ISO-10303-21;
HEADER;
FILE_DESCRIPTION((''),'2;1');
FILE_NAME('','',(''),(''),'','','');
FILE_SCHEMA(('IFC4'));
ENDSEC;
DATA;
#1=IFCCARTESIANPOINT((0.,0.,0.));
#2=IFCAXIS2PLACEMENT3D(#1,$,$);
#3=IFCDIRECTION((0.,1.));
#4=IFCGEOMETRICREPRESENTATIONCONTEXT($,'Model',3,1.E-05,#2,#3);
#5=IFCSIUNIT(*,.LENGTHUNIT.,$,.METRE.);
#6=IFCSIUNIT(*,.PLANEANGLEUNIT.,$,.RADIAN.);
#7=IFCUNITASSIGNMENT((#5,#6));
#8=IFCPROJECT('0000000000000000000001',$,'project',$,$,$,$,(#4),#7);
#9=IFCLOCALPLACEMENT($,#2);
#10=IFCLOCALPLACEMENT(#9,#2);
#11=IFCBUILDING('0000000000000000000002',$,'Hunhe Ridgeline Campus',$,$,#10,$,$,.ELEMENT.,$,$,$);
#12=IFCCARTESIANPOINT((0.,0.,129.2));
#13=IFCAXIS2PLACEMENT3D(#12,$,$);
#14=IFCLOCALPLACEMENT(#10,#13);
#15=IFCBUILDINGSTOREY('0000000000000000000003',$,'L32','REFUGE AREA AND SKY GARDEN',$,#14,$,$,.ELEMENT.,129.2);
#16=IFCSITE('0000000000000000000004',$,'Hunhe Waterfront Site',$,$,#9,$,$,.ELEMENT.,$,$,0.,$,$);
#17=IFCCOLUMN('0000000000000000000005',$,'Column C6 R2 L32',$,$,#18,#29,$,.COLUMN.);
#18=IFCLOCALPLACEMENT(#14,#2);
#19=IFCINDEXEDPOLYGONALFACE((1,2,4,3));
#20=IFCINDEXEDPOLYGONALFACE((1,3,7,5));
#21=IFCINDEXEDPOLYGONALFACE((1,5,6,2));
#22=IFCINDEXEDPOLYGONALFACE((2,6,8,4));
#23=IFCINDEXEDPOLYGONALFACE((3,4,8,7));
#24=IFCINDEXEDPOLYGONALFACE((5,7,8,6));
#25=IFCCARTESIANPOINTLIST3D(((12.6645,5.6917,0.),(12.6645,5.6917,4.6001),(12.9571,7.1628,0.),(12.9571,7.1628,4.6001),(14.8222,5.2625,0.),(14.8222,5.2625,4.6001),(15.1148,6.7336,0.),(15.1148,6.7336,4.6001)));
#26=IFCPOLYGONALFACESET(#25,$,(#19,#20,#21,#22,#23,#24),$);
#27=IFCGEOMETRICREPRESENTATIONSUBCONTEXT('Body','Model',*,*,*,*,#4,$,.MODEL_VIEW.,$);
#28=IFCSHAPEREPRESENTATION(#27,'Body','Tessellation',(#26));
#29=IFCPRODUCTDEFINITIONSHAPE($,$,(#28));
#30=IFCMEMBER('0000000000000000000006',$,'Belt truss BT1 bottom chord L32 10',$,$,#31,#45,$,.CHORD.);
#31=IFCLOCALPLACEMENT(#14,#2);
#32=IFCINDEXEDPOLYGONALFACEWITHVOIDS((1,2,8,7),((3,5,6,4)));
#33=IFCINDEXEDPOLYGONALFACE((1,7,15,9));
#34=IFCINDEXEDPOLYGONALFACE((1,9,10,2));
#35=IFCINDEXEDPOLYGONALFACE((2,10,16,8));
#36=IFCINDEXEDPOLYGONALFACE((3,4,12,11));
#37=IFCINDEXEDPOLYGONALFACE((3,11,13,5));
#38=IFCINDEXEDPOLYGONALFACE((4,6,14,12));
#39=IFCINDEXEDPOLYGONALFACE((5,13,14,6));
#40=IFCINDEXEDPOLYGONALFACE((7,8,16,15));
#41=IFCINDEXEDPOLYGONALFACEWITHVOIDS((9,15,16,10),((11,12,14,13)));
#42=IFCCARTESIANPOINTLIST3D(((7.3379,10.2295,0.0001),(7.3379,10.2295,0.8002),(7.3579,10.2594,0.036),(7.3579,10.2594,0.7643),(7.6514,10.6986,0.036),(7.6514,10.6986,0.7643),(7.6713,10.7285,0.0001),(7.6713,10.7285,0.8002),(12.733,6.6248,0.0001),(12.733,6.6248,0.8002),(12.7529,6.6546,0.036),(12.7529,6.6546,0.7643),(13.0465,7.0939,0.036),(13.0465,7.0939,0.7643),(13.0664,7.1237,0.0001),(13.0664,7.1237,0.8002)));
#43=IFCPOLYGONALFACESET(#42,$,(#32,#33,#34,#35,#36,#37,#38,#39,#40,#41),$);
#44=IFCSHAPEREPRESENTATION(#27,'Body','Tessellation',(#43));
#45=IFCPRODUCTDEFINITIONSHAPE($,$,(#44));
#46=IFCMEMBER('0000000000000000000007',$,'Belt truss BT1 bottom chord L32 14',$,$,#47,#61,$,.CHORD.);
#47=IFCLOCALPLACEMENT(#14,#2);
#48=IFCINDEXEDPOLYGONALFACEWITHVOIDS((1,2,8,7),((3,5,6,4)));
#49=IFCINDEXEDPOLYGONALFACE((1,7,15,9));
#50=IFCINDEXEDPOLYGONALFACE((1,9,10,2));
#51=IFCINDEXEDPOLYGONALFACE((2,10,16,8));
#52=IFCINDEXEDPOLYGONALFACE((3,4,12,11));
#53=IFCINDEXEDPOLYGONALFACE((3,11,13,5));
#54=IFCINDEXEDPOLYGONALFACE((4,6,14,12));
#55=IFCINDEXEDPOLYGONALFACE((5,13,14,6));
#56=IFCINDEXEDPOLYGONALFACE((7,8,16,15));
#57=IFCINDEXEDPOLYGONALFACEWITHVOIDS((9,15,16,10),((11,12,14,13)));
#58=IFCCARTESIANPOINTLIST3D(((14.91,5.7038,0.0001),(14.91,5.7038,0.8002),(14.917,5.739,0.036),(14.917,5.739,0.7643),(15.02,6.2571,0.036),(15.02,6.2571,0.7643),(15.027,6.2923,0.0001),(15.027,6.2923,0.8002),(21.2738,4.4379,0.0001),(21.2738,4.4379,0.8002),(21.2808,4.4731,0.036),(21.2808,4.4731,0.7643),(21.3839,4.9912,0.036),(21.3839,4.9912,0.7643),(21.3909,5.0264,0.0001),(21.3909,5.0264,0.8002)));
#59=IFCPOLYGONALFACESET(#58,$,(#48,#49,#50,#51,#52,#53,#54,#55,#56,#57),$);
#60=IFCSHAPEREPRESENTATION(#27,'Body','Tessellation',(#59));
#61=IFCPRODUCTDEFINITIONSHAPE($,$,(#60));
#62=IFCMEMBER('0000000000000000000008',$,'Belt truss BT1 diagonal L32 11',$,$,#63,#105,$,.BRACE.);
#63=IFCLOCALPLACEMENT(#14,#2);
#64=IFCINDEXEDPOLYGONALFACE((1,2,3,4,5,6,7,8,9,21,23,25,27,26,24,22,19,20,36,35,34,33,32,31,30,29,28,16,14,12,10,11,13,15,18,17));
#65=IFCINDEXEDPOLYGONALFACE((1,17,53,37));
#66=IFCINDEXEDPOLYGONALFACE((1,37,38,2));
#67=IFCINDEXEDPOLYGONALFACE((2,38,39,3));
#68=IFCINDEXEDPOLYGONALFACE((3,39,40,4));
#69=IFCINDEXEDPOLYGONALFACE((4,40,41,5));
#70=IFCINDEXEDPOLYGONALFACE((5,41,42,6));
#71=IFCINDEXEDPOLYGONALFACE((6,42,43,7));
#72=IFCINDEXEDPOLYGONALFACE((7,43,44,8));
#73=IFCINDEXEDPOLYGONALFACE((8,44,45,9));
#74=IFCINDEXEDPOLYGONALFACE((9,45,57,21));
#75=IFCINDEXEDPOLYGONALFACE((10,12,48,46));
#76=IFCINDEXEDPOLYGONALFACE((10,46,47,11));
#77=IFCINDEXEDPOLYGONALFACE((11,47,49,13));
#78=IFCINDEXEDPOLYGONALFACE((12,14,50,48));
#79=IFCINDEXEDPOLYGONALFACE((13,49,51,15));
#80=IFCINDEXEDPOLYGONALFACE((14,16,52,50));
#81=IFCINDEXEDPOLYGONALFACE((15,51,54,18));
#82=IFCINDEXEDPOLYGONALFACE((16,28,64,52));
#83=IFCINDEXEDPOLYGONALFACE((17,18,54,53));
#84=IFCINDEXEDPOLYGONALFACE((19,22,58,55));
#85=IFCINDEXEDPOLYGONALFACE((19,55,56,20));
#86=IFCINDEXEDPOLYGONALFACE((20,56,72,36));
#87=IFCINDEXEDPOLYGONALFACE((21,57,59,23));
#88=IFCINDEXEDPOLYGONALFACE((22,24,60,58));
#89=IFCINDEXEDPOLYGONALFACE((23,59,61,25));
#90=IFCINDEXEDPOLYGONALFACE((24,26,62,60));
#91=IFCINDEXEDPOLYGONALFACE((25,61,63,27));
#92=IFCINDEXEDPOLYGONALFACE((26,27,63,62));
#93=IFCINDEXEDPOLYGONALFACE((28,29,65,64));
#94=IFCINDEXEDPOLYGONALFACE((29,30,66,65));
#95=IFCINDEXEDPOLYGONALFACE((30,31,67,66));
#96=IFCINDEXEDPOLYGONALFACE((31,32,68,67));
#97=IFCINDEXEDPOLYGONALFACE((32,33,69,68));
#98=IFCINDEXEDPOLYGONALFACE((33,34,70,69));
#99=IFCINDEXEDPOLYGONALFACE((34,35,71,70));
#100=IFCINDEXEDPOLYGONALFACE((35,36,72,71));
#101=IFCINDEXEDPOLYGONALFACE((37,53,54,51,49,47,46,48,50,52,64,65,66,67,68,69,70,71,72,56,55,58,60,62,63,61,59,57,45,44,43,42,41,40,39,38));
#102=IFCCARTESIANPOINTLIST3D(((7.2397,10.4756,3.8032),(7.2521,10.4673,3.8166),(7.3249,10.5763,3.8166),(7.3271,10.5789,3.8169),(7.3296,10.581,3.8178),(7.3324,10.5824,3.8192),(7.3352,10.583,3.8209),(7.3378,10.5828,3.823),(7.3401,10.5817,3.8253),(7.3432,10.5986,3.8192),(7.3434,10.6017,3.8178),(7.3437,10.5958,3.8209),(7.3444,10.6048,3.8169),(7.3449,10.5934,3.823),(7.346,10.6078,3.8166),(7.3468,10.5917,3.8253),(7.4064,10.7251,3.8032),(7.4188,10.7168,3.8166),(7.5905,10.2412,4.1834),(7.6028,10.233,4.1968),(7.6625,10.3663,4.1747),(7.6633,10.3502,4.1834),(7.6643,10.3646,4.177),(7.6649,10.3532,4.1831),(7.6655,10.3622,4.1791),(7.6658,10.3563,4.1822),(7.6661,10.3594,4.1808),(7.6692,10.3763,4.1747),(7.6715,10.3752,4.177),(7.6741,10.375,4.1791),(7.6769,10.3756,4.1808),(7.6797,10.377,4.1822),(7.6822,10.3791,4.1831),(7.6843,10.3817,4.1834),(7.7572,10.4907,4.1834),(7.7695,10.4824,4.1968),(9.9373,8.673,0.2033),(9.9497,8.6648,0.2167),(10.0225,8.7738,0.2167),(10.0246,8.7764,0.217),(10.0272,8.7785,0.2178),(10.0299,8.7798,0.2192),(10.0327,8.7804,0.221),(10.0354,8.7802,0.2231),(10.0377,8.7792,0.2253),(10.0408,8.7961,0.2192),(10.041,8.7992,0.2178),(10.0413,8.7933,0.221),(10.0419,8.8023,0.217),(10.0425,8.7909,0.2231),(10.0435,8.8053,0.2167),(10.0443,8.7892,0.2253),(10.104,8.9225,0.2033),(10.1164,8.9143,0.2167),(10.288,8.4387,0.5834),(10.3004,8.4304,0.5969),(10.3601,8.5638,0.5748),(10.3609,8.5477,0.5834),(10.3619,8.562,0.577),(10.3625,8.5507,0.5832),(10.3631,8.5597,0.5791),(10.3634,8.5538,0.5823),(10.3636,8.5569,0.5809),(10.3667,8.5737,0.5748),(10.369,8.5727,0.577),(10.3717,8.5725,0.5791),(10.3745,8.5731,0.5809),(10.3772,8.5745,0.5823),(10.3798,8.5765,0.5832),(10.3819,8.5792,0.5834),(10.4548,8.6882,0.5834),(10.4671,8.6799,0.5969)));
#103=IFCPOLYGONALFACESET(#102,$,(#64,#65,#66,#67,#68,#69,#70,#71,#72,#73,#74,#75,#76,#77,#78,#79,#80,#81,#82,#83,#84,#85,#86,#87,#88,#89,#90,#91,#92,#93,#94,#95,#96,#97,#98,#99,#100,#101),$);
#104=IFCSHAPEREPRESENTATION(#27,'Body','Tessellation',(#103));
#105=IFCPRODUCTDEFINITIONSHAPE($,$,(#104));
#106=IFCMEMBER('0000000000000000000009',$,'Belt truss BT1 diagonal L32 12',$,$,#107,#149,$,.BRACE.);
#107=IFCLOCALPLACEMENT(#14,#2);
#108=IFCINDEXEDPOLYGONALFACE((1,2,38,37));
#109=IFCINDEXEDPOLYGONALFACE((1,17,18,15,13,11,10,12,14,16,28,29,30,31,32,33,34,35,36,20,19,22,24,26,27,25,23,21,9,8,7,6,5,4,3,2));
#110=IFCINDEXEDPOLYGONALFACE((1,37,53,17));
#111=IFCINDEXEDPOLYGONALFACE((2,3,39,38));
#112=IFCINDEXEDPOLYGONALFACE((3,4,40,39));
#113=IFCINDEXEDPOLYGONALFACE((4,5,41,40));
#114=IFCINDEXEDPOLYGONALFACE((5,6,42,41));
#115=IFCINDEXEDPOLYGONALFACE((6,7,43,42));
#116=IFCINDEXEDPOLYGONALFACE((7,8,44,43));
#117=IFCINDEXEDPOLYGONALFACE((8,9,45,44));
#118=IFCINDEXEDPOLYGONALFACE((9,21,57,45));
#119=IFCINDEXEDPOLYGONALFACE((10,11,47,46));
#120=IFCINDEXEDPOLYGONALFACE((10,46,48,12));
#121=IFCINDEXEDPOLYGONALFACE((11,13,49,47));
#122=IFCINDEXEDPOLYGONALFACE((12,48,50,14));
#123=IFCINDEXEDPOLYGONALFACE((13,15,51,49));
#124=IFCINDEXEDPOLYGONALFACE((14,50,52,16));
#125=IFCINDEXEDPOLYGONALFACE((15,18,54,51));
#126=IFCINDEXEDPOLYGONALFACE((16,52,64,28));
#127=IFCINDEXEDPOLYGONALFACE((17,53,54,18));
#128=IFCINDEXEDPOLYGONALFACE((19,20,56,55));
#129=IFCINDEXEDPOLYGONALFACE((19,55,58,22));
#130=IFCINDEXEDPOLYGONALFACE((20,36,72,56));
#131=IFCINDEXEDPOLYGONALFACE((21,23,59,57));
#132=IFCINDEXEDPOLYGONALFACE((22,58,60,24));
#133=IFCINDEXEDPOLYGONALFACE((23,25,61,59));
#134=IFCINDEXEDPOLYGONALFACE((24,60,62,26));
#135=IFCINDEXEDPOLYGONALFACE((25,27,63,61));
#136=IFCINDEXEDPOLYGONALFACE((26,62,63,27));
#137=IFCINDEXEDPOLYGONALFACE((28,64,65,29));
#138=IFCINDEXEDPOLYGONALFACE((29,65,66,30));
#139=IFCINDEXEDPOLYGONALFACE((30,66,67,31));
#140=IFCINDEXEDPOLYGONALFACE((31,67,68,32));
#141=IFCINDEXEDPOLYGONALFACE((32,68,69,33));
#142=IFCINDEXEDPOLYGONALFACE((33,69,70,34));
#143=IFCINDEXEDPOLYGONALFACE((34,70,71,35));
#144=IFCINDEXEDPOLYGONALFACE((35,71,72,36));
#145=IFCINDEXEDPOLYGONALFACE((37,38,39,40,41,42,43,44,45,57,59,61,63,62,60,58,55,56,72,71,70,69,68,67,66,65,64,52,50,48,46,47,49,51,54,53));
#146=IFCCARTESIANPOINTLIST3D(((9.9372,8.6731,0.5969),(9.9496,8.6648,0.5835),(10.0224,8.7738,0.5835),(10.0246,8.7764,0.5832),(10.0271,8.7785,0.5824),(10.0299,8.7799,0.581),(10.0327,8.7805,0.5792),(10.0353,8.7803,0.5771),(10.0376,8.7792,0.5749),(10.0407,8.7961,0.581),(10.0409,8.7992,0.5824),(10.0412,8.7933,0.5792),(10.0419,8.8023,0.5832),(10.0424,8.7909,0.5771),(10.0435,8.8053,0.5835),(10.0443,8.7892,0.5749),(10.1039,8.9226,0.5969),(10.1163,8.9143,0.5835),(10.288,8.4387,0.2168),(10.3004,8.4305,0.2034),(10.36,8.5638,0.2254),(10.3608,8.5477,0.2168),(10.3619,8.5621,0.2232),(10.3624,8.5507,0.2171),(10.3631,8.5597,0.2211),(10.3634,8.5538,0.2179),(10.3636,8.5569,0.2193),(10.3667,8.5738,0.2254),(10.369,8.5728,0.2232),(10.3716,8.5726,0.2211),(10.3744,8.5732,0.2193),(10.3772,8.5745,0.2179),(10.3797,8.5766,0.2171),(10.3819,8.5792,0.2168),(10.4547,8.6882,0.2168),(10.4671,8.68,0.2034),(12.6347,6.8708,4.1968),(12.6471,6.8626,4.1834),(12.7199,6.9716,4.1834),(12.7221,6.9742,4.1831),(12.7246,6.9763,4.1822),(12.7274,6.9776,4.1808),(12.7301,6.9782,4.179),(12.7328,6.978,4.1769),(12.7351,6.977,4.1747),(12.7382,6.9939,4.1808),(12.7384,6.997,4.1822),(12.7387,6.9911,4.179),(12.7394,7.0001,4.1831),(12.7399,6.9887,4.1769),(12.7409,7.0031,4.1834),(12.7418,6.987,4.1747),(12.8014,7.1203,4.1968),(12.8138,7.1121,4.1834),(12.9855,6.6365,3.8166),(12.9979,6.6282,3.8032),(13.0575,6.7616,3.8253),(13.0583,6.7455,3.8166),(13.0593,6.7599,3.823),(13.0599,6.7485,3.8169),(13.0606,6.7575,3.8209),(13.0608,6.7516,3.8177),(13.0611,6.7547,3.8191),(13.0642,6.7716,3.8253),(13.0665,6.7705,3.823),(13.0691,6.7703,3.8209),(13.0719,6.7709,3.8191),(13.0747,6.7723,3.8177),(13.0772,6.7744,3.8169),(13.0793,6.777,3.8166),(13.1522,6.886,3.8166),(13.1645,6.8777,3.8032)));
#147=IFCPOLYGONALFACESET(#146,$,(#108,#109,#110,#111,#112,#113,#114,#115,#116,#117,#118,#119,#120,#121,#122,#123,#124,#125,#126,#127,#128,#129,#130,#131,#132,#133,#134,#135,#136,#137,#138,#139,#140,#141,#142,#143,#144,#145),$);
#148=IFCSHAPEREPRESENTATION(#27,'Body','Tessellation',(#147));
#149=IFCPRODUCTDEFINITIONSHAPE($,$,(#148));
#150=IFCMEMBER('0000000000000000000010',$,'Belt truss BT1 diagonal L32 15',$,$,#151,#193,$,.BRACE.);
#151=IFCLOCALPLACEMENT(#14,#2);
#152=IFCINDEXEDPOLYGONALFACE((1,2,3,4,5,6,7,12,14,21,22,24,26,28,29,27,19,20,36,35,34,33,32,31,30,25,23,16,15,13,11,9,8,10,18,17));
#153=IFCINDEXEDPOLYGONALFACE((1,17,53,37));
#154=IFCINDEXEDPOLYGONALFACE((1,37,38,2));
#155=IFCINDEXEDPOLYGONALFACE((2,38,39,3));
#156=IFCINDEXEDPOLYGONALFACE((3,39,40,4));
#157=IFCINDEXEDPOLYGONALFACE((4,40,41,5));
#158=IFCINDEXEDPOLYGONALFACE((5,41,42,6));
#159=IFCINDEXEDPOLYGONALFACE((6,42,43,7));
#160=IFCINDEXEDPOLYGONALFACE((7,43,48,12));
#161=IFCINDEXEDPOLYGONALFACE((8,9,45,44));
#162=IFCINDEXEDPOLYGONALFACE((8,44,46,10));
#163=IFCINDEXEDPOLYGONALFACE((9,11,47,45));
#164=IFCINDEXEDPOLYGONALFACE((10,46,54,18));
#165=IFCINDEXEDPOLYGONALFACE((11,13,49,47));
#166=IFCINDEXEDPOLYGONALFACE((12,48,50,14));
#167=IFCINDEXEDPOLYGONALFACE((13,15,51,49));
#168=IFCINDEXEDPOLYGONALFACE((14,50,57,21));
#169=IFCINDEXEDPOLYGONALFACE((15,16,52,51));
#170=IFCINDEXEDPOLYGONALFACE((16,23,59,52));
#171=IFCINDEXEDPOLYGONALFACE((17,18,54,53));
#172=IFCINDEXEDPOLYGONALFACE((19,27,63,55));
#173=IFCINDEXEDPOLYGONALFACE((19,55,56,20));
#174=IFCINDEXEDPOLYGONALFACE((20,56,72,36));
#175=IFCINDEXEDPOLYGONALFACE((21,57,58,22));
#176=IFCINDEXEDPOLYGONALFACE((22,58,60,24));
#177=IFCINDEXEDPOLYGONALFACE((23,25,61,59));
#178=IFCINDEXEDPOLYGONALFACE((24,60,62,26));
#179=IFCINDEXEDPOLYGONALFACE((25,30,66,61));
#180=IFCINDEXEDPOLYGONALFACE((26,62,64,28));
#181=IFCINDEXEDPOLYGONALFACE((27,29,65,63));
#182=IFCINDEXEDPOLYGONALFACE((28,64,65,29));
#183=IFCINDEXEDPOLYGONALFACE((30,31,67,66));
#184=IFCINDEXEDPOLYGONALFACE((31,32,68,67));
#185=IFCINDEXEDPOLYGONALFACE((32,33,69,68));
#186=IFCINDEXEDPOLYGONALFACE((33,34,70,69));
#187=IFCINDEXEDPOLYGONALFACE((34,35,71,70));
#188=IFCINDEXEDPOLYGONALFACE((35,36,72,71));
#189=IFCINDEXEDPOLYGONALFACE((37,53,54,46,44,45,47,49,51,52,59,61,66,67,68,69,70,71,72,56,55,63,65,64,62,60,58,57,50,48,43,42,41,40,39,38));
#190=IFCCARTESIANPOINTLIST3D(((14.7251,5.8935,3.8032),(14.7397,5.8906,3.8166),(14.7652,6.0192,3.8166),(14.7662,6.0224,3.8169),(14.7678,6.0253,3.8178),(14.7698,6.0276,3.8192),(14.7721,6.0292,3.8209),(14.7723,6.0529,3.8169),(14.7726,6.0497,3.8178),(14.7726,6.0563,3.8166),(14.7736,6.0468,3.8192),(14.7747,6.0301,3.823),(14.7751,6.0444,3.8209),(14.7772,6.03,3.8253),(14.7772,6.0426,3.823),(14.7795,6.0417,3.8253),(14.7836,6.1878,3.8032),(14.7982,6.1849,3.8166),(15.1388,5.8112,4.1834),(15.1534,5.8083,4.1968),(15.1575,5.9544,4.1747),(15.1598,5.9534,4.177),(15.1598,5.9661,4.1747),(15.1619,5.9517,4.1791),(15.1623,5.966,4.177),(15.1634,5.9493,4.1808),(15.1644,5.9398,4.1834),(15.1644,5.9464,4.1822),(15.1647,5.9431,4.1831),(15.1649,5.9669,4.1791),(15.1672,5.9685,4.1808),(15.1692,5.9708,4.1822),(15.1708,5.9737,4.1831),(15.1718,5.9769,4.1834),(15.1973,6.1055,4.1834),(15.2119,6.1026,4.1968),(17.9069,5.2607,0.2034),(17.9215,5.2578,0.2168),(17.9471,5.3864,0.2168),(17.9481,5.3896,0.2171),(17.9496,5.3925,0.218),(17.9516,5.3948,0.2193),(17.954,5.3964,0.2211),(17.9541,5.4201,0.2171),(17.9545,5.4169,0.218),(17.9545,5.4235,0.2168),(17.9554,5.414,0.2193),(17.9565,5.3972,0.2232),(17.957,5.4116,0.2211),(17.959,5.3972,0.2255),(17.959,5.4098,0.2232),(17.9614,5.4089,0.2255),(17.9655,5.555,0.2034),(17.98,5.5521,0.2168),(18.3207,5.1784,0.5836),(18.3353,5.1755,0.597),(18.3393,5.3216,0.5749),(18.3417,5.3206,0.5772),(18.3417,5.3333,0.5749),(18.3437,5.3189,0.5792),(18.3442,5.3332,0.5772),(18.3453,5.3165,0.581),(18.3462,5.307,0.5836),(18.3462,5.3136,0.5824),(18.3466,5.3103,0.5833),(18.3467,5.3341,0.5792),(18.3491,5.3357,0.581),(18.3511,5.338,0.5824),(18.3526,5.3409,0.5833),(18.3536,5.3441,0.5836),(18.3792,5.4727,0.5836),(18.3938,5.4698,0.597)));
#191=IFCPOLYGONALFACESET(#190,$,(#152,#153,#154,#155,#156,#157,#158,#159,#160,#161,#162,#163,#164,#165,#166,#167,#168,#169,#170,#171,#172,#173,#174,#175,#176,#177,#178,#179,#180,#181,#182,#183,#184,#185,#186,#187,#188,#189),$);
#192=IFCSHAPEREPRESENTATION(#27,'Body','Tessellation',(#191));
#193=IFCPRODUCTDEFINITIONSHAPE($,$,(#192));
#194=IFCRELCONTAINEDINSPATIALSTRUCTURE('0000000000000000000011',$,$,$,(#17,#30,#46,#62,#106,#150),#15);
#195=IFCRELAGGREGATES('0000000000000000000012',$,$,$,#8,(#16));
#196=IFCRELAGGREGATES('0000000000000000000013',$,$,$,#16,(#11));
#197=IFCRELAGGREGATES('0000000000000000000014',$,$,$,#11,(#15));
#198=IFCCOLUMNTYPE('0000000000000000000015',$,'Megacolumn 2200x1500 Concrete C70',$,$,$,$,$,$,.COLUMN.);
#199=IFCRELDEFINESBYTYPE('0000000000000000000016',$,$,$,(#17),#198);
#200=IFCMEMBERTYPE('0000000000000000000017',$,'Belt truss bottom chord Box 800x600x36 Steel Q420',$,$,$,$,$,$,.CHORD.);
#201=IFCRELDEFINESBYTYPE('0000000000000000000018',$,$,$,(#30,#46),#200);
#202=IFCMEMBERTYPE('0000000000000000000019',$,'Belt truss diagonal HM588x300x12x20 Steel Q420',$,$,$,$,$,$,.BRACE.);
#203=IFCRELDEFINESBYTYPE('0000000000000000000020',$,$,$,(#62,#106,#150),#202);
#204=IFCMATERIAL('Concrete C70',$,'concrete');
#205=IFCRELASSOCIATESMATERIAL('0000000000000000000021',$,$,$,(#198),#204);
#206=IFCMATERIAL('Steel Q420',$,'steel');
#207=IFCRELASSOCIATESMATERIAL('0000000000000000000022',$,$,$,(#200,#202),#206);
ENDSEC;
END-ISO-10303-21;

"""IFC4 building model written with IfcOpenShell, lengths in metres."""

from ifc_helpers import new_model, si_unit, direction, frame, origin, origin_2d, place, context, subcontext, project, spatial, rectangle, hollow_rectangle, i_section, extrude, material, material_profile, profile_set, type_object, element, save


model = new_model("IFC4")

# Units and contexts
model_context = context("Model", 3, precision=1e-05, world=origin(), true_north=direction((0.0, 1.0)))
body_context = subcontext(model_context, "Body", "Model", "MODEL_VIEW")
ifc_project = project(units=[si_unit("LENGTHUNIT", "METRE"), si_unit("PLANEANGLEUNIT", "RADIAN")], contexts=[model_context])

# Site, building, storey
site_placement = place(None, origin())
site = spatial("IfcSite", under=ifc_project, at=site_placement, Name="Hunhe Waterfront Site", CompositionType="ELEMENT", RefElevation=0.0)
building_placement = place(site_placement, origin())
building = spatial("IfcBuilding", under=site, at=building_placement, Name="Hunhe Ridgeline Campus", CompositionType="ELEMENT")
storey_placement = place(building_placement, frame((0.0, 0.0, 129.2)))
storey = spatial("IfcBuildingStorey", under=building, at=storey_placement, Name="L32", Description="REFUGE AREA AND SKY GARDEN", CompositionType="ELEMENT", Elevation=129.2)

# Column
ifc_material_1 = material(Name="Concrete C70", Category="concrete")
ifc_material_profile_1 = material_profile(ifc_material_1, rectangle(XDim=2.2, YDim=1.5, at=origin_2d()))
ifc_profile_set_1 = profile_set([ifc_material_profile_1], Name="Concrete C70")
column_type = type_object("IfcColumnType", Name="Megacolumn 2200x1500 Concrete C70", PredefinedType="COLUMN", material=ifc_profile_set_1)
column_placement = place(storey_placement, frame((13.8896, 6.2126, 0.0), z_axis=(0.0, 0.0, 1.0), x_axis=(-0.980785, 0.19509, 0.0)))
element("IfcColumn", 1, at=column_placement, inside=storey, type_object=column_type, Name="Column C6 R2 L32", PredefinedType="COLUMN", context=body_context, shape_type="SweptSolid", body=[
    extrude(rectangle(XDim=2.2, YDim=1.5, at=origin_2d()), origin(), (0.0, 0.0, 1.0), 4.6001),
])

# Members
ifc_material_2 = material(Name="Steel Q420", Category="steel")
ifc_material_profile_2 = material_profile(ifc_material_2, hollow_rectangle(XDim=0.6001, YDim=0.8, WallThickness=0.0359, at=origin_2d()))
ifc_profile_set_2 = profile_set([ifc_material_profile_2], Name="Steel Q420")
member_type_1 = type_object("IfcMemberType", Name="Belt truss bottom chord Box 800x600x36 Steel Q420", PredefinedType="CHORD", material=ifc_profile_set_2)
for number, where, z_axis, x_axis, name in (
    (2, (7.5046, 10.479, 0.4001), (0.831477, -0.55556, 0.0), (0.55556, 0.831477, 0.0), "Belt truss BT1 bottom chord L32 10"),
    (3, (14.9685, 5.998, 0.4001), (0.980784, -0.195096, 0.0), (0.195096, 0.980784, 0.0), "Belt truss BT1 bottom chord L32 14"),
):
    element("IfcMember", number, at=place(storey_placement, frame(where, z_axis=z_axis, x_axis=x_axis)), inside=storey, type_object=member_type_1, Name=name, PredefinedType="CHORD", context=body_context, shape_type="SweptSolid", body=[
        extrude(hollow_rectangle(XDim=0.6001, YDim=0.8, WallThickness=0.0359, at=origin_2d()), origin(), (0.0, 0.0, 1.0), 6.4885),
    ])
ifc_material_profile_3 = material_profile(ifc_material_2, i_section(OverallWidth=0.3, OverallDepth=0.5879, WebThickness=0.012, FlangeThickness=0.02, FilletRadius=0.0129, at=origin_2d()))
ifc_profile_set_3 = profile_set([ifc_material_profile_3], Name="Steel Q420")
member_type_2 = type_object("IfcMemberType", Name="Belt truss diagonal HM588x300x12x20 Steel Q420", PredefinedType="BRACE", material=ifc_profile_set_3)
member_placement = place(storey_placement, frame((7.5046, 10.479, 4.0), z_axis=(0.556638, -0.371948, -0.742838), x_axis=(0.555586, 0.831459, 0.0)))
element("IfcMember", 4, at=member_placement, inside=storey, type_object=member_type_2, Name="Belt truss BT1 diagonal L32 11", PredefinedType="BRACE", context=body_context, shape_type="SweptSolid", body=[
    extrude(i_section(OverallWidth=0.3, OverallDepth=0.5879, WebThickness=0.012, FlangeThickness=0.02, FilletRadius=0.0129, at=origin_2d()), origin(), (0.0, 0.0, 1.0), 4.8462),
])
for number, where, z_axis, x_axis, name in (
    (5, (10.2021, 8.6765, 0.4001), (0.556648, -0.371905, 0.742852), (0.555534, 0.831494, 0.0), "Belt truss BT1 diagonal L32 12"),
    (6, (14.9685, 5.998, 4.0), (0.656599, -0.130584, -0.742849), (0.19506, 0.980791, 0.0), "Belt truss BT1 diagonal L32 15"),
):
    element("IfcMember", number, at=place(storey_placement, frame(where, z_axis=z_axis, x_axis=x_axis)), inside=storey, type_object=member_type_2, Name=name, PredefinedType="BRACE", context=body_context, shape_type="SweptSolid", body=[
        extrude(i_section(OverallWidth=0.3, OverallDepth=0.5879, WebThickness=0.012, FlangeThickness=0.02, FilletRadius=0.0129, at=origin_2d()), origin(), (0.0, 0.0, 1.0), 4.8459),
    ])

save(model, "model.ifc")
